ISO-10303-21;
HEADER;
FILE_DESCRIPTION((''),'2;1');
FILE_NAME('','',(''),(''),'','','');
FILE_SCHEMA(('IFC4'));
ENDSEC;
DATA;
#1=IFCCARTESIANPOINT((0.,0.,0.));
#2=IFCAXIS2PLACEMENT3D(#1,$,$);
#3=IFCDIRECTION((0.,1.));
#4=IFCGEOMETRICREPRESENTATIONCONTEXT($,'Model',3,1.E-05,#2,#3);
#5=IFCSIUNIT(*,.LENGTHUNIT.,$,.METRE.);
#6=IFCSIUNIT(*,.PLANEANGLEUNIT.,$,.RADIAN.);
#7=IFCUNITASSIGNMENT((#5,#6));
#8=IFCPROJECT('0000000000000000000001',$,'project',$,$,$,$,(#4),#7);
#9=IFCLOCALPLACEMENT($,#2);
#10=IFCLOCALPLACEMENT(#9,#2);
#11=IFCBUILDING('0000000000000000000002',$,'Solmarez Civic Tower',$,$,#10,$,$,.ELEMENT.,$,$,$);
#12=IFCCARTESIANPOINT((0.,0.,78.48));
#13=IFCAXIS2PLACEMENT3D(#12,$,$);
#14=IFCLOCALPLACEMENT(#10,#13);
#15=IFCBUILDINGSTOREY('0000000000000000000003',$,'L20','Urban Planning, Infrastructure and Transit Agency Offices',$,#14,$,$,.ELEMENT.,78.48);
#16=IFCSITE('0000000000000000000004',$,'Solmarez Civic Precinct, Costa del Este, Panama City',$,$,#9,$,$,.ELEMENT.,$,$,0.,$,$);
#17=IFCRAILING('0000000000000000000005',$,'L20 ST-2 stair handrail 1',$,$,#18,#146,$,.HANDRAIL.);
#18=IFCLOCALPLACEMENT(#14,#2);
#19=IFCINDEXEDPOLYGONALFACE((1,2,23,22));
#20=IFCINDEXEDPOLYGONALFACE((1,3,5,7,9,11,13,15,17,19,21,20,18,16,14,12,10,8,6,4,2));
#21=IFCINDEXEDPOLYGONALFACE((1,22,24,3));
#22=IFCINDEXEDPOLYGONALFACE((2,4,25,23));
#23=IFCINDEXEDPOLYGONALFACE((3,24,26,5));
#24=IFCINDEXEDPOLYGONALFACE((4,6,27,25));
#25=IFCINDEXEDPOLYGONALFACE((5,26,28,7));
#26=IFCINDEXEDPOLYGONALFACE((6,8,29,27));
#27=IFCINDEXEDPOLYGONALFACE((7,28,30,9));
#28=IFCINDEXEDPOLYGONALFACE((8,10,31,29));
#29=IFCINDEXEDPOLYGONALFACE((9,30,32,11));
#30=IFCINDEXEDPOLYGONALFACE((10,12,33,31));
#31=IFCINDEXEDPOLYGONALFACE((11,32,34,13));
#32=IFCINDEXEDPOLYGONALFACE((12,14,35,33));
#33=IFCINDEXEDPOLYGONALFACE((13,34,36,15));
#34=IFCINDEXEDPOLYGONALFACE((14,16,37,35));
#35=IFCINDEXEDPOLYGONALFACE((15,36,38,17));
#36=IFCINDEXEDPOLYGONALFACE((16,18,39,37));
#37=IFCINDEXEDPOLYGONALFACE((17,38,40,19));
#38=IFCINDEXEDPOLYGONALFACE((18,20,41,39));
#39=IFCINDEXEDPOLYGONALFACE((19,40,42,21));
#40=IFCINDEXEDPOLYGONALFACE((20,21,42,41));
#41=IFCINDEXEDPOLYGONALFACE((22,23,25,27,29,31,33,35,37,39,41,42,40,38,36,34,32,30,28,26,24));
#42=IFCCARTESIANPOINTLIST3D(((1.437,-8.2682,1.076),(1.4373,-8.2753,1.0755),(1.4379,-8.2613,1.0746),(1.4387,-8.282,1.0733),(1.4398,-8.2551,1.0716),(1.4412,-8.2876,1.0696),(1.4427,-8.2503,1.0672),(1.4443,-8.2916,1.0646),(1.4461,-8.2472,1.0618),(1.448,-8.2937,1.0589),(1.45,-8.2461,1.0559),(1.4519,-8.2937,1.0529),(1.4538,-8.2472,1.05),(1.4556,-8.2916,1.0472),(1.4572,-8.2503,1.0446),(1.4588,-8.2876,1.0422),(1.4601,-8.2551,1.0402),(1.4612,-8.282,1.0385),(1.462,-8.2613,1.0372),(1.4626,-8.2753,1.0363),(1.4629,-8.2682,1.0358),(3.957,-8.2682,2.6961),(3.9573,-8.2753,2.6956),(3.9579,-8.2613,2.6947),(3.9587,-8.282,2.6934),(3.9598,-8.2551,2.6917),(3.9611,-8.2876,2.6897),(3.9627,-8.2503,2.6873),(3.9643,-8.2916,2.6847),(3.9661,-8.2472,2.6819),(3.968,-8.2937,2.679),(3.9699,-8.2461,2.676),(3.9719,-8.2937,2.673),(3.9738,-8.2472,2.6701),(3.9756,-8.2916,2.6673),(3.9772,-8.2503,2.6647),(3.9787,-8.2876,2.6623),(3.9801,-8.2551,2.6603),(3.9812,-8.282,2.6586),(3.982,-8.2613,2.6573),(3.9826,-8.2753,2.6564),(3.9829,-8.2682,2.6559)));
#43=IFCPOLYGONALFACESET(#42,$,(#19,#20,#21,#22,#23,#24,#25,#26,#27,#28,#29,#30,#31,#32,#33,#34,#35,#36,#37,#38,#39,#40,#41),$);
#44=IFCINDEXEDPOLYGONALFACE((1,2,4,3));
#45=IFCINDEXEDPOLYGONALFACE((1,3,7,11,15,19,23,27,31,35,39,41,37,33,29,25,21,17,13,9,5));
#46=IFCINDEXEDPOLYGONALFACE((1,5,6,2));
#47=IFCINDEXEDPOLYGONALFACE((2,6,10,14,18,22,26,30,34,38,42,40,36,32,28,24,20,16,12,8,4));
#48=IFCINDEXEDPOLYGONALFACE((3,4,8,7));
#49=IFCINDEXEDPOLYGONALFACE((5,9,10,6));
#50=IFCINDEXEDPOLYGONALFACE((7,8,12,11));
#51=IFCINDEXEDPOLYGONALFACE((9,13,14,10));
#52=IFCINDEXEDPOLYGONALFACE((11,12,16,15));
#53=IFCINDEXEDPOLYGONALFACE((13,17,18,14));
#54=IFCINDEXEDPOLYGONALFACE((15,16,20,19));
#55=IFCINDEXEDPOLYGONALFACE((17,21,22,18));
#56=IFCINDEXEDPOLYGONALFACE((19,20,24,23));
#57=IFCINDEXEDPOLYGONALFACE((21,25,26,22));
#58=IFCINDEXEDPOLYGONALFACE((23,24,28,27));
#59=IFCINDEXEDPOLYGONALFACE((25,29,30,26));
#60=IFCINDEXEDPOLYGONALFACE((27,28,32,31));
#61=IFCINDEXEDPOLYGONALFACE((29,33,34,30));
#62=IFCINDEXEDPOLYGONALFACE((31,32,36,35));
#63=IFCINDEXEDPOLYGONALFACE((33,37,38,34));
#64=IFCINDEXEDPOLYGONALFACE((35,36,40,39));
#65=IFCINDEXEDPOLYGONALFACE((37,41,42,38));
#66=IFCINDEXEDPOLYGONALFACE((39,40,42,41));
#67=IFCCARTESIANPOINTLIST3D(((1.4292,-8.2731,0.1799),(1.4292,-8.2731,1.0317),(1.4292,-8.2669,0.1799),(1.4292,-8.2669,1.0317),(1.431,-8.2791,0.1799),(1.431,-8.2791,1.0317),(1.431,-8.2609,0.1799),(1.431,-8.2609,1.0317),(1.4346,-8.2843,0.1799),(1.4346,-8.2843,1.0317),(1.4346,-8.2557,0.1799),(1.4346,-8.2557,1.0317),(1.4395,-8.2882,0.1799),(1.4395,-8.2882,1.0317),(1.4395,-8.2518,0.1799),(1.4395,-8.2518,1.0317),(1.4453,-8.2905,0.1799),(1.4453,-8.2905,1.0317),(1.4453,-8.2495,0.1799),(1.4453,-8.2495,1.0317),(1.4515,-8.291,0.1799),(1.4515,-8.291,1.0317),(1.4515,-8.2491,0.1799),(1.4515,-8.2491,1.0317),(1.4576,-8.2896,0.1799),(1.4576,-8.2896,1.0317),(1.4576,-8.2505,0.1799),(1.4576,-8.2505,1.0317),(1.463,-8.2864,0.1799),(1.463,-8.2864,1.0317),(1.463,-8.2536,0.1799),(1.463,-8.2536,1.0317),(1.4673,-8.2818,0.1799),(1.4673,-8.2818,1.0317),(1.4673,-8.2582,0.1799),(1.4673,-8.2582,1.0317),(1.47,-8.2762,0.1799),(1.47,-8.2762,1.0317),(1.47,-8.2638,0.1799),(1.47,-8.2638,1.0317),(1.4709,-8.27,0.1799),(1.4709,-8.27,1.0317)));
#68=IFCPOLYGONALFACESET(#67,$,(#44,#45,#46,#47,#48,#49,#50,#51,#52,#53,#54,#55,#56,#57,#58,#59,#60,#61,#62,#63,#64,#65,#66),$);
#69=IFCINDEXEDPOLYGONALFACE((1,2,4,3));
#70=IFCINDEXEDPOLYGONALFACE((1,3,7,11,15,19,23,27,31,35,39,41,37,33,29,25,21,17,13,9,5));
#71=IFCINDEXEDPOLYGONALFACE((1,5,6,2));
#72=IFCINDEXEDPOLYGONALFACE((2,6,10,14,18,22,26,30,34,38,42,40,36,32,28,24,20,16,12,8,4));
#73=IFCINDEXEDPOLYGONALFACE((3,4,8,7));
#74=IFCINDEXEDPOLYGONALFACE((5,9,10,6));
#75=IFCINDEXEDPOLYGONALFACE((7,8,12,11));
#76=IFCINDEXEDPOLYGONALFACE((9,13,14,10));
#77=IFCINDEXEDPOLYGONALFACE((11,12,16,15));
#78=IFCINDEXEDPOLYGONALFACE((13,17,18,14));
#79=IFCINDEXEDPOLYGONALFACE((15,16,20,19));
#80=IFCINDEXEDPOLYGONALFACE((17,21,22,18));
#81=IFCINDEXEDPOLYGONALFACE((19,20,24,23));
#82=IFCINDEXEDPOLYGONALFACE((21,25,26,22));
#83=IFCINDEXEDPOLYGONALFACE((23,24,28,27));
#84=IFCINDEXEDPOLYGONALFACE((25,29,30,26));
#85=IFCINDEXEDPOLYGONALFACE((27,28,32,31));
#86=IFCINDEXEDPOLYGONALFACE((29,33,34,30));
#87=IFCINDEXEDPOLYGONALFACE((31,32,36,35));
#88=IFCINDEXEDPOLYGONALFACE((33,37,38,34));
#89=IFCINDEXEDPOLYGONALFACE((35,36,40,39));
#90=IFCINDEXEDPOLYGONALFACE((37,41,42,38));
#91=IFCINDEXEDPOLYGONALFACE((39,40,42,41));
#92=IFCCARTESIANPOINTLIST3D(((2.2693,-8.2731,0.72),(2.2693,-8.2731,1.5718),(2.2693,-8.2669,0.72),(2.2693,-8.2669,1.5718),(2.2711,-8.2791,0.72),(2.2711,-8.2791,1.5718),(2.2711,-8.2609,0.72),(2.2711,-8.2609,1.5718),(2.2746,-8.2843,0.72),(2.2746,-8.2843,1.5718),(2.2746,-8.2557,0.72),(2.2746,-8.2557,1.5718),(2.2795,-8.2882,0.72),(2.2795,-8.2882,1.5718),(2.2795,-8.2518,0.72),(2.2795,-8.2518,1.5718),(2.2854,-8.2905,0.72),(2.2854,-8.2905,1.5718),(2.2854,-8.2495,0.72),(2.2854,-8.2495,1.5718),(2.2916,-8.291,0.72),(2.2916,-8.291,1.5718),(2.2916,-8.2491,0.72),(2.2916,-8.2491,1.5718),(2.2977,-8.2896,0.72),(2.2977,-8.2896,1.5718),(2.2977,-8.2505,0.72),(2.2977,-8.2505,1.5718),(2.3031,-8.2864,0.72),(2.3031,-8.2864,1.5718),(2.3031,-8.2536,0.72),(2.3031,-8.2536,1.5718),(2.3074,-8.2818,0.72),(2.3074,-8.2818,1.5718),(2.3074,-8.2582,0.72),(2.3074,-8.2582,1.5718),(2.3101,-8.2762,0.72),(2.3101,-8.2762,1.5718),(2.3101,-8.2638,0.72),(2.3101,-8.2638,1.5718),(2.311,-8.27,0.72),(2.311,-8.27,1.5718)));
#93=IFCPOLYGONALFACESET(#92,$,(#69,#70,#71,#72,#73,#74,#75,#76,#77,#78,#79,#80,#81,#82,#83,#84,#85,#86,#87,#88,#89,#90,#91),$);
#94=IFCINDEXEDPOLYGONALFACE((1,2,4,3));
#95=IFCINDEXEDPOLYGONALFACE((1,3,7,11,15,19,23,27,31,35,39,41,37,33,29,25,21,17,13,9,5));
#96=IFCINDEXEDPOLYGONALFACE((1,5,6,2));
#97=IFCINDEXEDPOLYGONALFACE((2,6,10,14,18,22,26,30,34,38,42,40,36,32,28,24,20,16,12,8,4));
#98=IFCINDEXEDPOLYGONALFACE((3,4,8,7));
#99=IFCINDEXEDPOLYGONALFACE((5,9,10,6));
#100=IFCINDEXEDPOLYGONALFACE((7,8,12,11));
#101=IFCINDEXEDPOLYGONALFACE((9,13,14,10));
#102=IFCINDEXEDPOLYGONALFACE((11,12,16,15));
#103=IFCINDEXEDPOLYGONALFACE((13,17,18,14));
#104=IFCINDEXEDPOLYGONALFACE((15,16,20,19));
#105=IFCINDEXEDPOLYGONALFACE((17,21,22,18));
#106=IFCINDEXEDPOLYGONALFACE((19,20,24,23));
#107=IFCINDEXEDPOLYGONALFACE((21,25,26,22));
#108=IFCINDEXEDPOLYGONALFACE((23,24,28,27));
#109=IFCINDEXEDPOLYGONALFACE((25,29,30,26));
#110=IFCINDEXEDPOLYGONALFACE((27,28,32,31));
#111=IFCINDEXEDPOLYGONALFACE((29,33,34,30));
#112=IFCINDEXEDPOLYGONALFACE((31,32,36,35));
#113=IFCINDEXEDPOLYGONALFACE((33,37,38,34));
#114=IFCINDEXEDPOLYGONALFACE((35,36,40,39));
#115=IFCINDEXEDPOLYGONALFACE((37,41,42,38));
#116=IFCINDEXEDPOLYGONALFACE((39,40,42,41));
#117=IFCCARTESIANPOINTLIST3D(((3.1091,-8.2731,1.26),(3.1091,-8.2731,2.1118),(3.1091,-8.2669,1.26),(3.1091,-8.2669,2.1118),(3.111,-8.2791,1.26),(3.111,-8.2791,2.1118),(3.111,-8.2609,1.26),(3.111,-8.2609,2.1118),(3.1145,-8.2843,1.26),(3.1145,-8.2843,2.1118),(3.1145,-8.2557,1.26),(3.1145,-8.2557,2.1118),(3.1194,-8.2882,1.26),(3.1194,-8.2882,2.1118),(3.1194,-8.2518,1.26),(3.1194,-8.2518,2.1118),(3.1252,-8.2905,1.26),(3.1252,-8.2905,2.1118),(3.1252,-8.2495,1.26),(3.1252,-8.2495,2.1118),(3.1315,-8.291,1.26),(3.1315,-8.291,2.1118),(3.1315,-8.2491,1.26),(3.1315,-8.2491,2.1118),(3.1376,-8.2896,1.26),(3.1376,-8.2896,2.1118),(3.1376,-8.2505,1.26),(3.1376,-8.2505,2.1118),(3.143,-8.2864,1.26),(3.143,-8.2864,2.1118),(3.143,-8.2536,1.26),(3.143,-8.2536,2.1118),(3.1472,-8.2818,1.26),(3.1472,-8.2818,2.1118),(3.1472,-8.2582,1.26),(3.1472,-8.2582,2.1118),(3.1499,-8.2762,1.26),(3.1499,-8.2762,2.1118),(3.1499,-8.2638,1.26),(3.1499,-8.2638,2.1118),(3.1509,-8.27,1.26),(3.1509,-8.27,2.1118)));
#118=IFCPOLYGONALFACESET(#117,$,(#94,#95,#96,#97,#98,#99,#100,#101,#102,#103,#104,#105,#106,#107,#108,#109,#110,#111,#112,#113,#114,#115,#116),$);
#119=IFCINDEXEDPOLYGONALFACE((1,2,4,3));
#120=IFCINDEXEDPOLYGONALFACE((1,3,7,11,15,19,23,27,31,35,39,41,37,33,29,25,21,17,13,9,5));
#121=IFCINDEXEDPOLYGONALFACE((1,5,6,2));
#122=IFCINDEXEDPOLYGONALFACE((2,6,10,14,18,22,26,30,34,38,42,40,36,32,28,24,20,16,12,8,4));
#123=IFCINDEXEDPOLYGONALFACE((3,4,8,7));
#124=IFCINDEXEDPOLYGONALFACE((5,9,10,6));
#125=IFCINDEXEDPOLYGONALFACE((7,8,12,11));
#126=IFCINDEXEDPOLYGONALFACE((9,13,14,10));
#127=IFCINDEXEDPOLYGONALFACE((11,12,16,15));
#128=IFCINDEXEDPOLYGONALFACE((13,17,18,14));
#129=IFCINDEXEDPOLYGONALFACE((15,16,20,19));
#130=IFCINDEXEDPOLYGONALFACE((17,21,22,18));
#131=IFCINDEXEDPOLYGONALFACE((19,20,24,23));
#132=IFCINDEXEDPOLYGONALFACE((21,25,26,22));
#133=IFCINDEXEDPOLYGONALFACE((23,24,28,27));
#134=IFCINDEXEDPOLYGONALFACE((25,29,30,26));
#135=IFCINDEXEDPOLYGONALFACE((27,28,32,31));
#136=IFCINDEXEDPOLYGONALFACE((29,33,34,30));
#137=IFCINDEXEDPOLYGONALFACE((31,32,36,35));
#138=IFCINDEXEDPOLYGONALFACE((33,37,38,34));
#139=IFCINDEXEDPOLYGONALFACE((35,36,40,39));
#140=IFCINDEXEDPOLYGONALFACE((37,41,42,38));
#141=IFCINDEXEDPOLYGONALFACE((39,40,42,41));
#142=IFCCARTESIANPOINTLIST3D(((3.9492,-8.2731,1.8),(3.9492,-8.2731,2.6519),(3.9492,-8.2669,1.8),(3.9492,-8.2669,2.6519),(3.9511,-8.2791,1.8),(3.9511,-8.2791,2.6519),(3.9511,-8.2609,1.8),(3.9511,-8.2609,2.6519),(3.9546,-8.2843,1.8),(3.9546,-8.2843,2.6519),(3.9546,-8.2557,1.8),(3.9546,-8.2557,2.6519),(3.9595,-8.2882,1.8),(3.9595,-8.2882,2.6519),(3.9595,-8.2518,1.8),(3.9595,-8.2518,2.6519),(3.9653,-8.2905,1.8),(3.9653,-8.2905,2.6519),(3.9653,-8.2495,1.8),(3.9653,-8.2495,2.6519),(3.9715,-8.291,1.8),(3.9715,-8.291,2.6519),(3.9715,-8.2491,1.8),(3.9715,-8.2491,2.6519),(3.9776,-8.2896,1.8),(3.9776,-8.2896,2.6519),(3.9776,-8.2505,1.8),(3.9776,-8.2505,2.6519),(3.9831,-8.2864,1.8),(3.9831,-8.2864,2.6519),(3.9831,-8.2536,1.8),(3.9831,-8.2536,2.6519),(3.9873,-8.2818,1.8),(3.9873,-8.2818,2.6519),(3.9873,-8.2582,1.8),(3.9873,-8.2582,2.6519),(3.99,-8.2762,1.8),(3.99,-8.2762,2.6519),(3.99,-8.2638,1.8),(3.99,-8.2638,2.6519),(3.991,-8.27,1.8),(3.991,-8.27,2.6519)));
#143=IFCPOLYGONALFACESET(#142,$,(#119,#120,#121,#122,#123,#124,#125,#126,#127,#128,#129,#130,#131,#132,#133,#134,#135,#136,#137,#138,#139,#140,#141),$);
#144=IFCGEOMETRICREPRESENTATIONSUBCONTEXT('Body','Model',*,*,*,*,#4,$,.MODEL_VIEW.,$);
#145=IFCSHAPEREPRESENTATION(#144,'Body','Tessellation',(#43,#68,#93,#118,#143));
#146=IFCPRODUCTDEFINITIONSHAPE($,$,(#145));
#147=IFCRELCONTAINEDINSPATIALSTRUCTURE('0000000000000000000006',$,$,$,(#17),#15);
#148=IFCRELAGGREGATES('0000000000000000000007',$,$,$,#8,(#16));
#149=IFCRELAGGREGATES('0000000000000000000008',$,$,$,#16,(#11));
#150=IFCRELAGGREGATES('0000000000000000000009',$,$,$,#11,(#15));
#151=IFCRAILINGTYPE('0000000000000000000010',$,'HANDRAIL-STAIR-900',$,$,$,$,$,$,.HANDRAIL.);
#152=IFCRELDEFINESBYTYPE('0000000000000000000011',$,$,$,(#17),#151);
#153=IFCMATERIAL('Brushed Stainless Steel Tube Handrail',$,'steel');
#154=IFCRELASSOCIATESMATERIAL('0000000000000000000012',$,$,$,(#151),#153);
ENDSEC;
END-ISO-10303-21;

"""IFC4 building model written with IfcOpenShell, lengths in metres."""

from ifc_helpers import new_model, si_unit, direction, frame, origin, origin_2d, place, context, subcontext, project, spatial, circle, extrude, material, type_object, element, save


model = new_model("IFC4")

# Units and contexts
model_context = context("Model", 3, precision=1e-05, world=origin(), true_north=direction((0.0, 1.0)))
body_context = subcontext(model_context, "Body", "Model", "MODEL_VIEW")
ifc_project = project(units=[si_unit("LENGTHUNIT", "METRE"), si_unit("PLANEANGLEUNIT", "RADIAN")], contexts=[model_context])

# Site, building, storey
site_placement = place(None, origin())
site = spatial("IfcSite", under=ifc_project, at=site_placement, Name="Solmarez Civic Precinct, Costa del Este, Panama City", CompositionType="ELEMENT", RefElevation=0.0)
building_placement = place(site_placement, origin())
building = spatial("IfcBuilding", under=site, at=building_placement, Name="Solmarez Civic Tower", CompositionType="ELEMENT")
storey_placement = place(building_placement, frame((0.0, 0.0, 78.48)))
storey = spatial("IfcBuildingStorey", under=building, at=storey_placement, Name="L20", Description="Urban Planning, Infrastructure and Transit Agency Offices", CompositionType="ELEMENT", Elevation=78.48)

# Railing
ifc_material_1 = material(Name="Brushed Stainless Steel Tube Handrail", Category="steel")
railing_type_1 = type_object("IfcRailingType", Name="HANDRAIL-STAIR-900", PredefinedType="HANDRAIL", material=ifc_material_1)
railing_1_placement = place(storey_placement, frame((1.45, -8.27, 0.1799)))
element("IfcRailing", 1, at=railing_1_placement, inside=storey, type_object=railing_type_1, Name="L20 ST-2 stair handrail 1", PredefinedType="HANDRAIL", context=body_context, shape_type="SweptSolid", body=[
    extrude(circle(Radius=0.0239, at=origin_2d()), frame((0.0, 0.0, 0.876), z_axis=(0.841163, 0.0, 0.540782), x_axis=(0.0, 1.0, 0.0)), (0.0, 0.0, 1.0), 2.9958),
    extrude(circle(Radius=0.021, at=origin_2d()), origin(), (0.0, 0.0, 1.0), 0.8518),
    extrude(circle(Radius=0.021, at=origin_2d()), frame((0.8401, 0.0, 0.54)), (0.0, 0.0, 1.0), 0.8518),
    extrude(circle(Radius=0.021, at=origin_2d()), frame((1.6799, 0.0, 1.0801)), (0.0, 0.0, 1.0), 0.8518),
    extrude(circle(Radius=0.021, at=origin_2d()), frame((2.52, 0.0, 1.6201)), (0.0, 0.0, 1.0), 0.8518),
])

save(model, "model.ifc")
